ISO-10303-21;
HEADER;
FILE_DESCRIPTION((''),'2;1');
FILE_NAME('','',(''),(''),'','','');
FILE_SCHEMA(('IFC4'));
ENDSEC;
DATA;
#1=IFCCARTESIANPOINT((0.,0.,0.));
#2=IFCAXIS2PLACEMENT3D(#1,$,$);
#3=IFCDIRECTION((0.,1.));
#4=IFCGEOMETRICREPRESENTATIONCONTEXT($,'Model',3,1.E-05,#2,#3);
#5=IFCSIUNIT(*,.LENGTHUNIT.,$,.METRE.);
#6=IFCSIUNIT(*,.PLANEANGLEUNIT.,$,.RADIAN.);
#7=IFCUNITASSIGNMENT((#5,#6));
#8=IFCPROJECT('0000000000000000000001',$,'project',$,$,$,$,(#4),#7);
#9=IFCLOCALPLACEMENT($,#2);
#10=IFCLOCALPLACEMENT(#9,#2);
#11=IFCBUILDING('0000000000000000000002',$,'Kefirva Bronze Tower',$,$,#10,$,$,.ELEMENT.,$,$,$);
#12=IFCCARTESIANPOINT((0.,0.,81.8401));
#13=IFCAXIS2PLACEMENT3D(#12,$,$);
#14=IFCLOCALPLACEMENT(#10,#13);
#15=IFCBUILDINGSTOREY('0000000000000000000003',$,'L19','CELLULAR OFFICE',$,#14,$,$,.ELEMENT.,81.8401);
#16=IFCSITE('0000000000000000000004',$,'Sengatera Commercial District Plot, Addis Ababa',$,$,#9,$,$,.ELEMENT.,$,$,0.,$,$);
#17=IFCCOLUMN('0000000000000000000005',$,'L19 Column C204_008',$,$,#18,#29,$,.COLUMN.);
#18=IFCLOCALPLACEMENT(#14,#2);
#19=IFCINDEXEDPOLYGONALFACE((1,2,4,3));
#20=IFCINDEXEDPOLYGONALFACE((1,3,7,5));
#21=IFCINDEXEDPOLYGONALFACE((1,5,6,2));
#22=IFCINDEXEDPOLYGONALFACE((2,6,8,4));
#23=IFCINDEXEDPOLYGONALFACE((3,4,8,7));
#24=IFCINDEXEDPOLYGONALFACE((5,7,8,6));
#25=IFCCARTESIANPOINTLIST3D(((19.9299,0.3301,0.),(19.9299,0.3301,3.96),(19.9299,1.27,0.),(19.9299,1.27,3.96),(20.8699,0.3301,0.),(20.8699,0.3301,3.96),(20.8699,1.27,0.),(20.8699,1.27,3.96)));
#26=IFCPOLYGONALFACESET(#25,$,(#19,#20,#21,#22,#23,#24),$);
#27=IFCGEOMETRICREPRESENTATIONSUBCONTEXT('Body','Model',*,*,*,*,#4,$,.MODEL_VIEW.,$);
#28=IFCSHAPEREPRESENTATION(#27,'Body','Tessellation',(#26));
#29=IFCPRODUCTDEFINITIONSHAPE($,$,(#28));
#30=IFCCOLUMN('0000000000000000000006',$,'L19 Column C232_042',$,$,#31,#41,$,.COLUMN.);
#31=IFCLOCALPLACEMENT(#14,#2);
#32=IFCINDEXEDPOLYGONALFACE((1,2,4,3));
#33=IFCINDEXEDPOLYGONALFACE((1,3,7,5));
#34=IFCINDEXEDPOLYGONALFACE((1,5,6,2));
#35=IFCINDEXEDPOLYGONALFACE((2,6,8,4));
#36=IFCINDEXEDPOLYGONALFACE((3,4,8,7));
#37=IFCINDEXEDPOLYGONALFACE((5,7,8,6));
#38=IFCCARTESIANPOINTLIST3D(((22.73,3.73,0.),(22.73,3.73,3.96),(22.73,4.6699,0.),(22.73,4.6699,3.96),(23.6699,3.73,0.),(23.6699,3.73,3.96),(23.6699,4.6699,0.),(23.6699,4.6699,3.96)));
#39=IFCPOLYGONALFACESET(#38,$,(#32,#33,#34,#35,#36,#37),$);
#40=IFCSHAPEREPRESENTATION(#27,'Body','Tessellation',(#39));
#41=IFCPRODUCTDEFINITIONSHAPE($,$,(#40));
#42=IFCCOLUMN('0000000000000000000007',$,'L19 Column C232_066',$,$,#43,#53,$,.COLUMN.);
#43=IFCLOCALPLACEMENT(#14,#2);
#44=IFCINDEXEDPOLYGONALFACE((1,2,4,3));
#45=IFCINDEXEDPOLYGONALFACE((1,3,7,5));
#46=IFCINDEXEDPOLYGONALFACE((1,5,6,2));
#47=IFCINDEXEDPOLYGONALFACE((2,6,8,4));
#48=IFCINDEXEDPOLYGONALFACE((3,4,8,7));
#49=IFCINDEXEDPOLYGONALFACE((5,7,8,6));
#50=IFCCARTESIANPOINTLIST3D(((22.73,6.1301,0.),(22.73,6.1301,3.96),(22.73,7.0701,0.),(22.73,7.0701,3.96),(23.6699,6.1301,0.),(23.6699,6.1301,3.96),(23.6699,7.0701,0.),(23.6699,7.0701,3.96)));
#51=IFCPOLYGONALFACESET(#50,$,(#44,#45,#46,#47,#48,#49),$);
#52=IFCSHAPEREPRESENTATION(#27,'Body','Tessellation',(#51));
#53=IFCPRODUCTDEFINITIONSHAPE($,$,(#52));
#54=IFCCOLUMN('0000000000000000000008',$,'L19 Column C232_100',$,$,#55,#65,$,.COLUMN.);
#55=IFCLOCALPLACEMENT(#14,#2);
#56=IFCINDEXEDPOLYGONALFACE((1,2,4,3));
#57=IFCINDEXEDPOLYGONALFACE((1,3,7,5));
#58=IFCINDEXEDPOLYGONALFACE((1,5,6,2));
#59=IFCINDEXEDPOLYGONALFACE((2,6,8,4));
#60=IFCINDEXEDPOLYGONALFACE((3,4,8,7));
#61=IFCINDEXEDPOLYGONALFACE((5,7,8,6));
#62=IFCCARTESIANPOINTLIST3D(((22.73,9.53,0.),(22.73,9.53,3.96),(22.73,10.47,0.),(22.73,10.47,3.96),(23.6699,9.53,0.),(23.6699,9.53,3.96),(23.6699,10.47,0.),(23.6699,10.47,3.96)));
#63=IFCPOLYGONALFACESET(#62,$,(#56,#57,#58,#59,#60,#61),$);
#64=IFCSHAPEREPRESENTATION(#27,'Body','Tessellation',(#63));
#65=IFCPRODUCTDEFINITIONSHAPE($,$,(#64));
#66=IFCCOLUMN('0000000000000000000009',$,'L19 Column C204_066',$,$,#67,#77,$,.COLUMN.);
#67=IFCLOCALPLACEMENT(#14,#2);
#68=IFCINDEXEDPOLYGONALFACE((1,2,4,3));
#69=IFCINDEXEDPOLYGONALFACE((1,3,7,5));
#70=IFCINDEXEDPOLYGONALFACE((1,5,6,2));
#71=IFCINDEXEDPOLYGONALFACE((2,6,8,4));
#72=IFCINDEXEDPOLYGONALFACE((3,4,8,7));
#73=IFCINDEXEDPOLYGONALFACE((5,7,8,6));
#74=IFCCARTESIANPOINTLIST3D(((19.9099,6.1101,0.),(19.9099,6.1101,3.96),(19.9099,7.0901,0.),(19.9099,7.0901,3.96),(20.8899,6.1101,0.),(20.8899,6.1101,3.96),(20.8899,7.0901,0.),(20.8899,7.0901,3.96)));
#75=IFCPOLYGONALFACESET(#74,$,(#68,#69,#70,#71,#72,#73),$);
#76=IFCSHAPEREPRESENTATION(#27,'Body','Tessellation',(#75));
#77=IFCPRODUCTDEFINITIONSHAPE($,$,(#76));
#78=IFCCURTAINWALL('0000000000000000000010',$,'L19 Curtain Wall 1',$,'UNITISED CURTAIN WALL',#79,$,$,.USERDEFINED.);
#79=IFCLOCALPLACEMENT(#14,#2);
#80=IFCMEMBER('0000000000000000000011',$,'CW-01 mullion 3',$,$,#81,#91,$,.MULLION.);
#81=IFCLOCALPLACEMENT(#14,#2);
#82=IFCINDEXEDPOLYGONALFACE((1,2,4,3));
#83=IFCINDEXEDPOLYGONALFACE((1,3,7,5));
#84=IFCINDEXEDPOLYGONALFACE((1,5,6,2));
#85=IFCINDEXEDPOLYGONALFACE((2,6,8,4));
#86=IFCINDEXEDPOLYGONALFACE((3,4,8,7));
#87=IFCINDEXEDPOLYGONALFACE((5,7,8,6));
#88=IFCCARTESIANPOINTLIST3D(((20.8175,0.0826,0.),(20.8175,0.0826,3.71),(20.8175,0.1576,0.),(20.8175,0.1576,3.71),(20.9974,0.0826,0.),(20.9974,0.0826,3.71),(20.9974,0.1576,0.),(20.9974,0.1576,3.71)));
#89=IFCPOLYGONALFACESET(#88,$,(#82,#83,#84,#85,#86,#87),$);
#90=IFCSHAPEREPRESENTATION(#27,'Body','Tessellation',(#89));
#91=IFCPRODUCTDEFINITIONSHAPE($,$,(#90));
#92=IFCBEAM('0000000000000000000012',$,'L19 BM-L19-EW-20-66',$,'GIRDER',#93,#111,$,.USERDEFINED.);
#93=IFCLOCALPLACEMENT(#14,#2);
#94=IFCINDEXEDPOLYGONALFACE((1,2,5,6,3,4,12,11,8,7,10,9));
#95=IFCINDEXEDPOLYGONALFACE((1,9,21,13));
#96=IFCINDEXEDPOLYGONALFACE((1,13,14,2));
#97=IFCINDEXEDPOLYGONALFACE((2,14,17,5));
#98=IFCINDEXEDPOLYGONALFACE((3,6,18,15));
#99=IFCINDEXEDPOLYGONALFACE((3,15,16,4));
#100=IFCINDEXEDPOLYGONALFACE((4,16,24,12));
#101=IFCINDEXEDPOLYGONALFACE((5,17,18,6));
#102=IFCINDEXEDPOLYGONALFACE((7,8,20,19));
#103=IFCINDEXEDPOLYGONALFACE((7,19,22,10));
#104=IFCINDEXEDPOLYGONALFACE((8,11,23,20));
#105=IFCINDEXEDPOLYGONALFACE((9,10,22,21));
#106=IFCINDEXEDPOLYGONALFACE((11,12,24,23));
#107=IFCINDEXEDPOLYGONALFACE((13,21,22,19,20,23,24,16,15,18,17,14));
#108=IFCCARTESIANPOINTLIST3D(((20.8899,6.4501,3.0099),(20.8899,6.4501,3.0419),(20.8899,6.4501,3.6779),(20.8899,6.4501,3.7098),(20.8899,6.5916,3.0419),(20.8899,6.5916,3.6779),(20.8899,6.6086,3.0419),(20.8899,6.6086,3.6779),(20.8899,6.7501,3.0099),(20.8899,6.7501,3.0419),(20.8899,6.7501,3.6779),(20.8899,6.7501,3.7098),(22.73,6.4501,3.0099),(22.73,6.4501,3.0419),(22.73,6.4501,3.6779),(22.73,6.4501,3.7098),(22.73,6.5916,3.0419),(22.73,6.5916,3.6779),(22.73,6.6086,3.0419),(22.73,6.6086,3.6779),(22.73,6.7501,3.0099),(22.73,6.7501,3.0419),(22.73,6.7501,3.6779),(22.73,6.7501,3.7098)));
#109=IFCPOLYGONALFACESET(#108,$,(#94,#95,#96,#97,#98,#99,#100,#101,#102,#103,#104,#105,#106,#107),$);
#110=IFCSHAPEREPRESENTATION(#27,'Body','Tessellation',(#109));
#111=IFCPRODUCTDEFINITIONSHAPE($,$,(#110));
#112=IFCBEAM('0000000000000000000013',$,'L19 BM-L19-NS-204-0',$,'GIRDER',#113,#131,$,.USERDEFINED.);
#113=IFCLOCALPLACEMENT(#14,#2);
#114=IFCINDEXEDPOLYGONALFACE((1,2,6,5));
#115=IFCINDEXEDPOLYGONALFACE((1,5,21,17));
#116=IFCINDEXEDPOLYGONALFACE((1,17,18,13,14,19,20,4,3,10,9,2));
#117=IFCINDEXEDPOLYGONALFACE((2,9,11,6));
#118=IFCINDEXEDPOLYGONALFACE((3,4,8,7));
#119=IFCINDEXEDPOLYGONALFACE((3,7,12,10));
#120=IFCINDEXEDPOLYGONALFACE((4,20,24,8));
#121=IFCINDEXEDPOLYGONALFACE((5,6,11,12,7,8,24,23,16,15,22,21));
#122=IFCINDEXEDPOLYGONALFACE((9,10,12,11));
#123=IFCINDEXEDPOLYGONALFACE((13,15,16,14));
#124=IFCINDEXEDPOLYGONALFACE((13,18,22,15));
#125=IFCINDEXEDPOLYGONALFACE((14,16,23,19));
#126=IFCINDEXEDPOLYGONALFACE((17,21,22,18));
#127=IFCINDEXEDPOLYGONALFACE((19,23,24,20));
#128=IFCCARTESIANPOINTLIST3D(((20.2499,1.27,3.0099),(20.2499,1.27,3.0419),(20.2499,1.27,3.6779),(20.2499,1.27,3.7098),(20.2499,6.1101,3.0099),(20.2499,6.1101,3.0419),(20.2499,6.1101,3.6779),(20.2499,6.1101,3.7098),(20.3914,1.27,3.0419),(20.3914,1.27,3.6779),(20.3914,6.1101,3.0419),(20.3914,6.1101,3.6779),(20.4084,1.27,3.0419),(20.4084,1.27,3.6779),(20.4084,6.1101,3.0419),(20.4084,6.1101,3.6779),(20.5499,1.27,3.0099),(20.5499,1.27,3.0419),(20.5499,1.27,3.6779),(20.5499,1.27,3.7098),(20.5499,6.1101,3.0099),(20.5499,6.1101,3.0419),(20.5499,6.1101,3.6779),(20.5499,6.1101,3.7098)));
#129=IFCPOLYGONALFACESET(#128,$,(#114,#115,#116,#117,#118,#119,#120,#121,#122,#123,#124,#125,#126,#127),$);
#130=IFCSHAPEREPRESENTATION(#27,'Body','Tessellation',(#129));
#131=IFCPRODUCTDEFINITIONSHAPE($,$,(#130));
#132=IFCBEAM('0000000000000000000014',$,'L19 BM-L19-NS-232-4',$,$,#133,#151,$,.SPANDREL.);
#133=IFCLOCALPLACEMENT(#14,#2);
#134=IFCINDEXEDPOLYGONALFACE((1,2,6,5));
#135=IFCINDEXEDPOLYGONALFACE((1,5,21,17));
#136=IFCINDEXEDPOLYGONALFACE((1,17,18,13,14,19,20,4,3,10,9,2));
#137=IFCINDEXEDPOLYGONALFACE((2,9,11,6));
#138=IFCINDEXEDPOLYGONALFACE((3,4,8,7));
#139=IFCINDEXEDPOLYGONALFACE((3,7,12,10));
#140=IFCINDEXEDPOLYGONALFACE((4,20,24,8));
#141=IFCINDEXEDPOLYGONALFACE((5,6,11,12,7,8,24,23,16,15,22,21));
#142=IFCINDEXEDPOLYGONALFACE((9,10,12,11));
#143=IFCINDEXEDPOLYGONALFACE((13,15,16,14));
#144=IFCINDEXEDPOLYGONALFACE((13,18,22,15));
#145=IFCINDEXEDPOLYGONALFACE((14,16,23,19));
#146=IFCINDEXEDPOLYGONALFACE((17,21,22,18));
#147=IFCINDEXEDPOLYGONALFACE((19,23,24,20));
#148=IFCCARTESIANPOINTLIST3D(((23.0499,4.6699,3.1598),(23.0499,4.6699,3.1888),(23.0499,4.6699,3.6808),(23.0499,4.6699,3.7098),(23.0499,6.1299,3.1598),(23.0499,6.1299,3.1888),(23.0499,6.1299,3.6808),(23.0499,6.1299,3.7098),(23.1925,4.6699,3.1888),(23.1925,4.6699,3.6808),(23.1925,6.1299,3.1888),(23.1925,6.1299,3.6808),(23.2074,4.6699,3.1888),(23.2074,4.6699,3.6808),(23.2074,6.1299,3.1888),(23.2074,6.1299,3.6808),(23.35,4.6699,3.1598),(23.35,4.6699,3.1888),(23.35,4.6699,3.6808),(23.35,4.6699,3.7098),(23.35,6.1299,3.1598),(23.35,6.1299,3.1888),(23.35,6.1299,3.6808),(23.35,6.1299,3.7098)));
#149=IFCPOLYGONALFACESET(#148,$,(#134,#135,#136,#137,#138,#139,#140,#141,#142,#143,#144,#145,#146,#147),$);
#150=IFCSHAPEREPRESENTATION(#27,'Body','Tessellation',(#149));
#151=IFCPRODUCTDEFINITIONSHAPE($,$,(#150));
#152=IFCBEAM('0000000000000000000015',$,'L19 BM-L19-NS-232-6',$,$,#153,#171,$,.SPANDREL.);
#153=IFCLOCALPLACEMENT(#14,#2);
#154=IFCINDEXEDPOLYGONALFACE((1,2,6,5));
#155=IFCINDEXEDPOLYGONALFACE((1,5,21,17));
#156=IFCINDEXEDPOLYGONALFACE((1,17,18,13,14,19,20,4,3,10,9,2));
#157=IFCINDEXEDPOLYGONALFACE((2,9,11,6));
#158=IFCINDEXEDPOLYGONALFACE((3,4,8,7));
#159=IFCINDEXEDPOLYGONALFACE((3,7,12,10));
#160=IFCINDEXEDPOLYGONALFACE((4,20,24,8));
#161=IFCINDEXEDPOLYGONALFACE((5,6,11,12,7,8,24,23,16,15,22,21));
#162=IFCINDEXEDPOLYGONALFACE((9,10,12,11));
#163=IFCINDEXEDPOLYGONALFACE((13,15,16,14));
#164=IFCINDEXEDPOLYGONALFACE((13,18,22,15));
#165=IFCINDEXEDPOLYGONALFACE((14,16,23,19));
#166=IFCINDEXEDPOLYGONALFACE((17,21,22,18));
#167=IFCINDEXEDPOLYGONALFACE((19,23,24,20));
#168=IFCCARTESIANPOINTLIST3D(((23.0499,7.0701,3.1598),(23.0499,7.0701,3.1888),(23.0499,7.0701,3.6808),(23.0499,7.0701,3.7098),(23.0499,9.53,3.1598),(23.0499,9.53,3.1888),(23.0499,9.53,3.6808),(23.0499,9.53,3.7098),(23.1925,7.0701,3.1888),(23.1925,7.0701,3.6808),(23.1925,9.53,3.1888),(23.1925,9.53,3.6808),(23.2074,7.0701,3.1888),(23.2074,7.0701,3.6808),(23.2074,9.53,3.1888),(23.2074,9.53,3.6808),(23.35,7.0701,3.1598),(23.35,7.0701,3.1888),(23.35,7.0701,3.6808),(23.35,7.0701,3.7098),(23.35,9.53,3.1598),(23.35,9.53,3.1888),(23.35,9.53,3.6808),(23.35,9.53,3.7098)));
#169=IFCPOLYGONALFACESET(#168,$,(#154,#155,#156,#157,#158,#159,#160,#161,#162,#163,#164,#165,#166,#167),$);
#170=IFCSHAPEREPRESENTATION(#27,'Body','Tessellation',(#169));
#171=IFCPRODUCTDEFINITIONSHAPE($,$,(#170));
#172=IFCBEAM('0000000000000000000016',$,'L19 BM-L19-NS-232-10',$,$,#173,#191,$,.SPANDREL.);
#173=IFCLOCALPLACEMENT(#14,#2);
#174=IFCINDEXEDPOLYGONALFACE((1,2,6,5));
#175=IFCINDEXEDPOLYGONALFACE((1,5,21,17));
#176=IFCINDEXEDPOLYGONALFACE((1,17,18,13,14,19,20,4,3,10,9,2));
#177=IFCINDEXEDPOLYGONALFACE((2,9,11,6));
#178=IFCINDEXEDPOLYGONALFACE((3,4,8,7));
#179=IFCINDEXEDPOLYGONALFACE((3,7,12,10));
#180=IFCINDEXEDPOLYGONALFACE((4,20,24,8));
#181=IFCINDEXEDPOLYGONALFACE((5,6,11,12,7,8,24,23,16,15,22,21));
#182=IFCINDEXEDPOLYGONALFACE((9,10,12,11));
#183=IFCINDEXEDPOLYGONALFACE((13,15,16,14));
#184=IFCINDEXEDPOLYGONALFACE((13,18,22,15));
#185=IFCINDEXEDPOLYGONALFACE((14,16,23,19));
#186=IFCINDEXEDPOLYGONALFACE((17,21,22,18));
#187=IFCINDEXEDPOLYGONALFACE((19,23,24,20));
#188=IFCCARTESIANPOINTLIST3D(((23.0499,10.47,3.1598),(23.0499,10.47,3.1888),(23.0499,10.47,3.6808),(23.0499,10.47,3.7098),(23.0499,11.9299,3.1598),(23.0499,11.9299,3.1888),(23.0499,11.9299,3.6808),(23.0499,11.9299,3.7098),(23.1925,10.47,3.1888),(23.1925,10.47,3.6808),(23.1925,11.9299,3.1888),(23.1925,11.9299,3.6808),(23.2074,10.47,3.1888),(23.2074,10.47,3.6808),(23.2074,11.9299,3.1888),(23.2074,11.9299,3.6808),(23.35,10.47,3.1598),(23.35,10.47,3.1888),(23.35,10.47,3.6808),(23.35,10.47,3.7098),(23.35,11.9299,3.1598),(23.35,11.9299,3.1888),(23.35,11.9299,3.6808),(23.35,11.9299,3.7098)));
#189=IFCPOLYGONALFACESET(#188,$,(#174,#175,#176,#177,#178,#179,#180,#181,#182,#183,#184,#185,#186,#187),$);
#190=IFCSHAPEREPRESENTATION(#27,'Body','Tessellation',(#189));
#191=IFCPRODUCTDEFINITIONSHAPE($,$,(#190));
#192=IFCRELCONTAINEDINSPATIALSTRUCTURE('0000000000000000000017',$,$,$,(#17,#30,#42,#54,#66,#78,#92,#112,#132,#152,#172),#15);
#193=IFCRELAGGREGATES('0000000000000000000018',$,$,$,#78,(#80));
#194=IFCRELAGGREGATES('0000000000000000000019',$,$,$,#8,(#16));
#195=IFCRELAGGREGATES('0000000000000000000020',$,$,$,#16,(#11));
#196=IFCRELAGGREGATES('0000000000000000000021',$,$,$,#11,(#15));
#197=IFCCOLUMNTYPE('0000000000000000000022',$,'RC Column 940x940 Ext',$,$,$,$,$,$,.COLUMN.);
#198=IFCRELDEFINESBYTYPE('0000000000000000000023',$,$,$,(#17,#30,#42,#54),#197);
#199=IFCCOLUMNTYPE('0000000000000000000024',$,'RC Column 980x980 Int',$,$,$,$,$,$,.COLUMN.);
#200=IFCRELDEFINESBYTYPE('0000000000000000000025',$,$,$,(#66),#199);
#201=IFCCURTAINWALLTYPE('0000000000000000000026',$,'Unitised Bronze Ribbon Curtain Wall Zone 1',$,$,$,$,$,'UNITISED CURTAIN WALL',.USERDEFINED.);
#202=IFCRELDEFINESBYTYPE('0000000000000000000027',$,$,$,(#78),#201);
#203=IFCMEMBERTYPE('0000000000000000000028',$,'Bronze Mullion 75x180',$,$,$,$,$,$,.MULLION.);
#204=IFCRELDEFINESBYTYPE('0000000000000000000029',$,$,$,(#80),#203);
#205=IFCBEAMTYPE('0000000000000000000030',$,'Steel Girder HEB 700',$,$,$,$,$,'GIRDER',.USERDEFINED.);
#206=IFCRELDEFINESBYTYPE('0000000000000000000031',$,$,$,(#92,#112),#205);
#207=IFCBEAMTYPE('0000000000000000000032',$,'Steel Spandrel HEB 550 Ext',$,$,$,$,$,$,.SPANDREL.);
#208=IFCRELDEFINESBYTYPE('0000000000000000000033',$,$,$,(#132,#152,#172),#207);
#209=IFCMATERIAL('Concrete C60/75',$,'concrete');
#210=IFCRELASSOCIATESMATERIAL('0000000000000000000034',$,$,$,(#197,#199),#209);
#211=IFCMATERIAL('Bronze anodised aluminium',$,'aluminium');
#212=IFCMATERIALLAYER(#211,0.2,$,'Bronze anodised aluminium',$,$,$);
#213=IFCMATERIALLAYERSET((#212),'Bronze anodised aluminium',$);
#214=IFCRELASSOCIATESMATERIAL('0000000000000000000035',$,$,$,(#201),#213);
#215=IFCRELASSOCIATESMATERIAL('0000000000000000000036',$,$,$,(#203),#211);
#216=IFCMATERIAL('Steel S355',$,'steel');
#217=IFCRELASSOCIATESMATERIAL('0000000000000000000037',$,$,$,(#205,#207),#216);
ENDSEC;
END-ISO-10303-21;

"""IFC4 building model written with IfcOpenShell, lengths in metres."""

from ifc_helpers import new_model, si_unit, direction, frame, origin, origin_2d, place, context, subcontext, project, spatial, rectangle, i_section, extrude, material, layer, layer_set, material_profile, profile_set, type_object, element, aggregate, save


model = new_model("IFC4")

# Units and contexts
model_context = context("Model", 3, precision=1e-05, world=origin(), true_north=direction((0.0, 1.0)))
body_context = subcontext(model_context, "Body", "Model", "MODEL_VIEW")
ifc_project = project(units=[si_unit("LENGTHUNIT", "METRE"), si_unit("PLANEANGLEUNIT", "RADIAN")], contexts=[model_context])

# Site, building, storey
site_placement = place(None, origin())
site = spatial("IfcSite", under=ifc_project, at=site_placement, Name="Sengatera Commercial District Plot, Addis Ababa", CompositionType="ELEMENT", RefElevation=0.0)
building_placement = place(site_placement, origin())
building = spatial("IfcBuilding", under=site, at=building_placement, Name="Kefirva Bronze Tower", CompositionType="ELEMENT")
storey_placement = place(building_placement, frame((0.0, 0.0, 81.8401)))
storey = spatial("IfcBuildingStorey", under=building, at=storey_placement, Name="L19", Description="CELLULAR OFFICE", CompositionType="ELEMENT", Elevation=81.8401)

# Columns
ifc_material_1 = material(Name="Concrete C60/75", Category="concrete")
ifc_material_profile_1 = material_profile(ifc_material_1, rectangle(XDim=0.9399, YDim=0.9399, at=origin_2d()), Name="RC 940x940")
ifc_profile_set_1 = profile_set([ifc_material_profile_1], Name="Concrete C60/75")
column_type_1 = type_object("IfcColumnType", Name="RC Column 940x940 Ext", PredefinedType="COLUMN", material=ifc_profile_set_1)
for number, where, z_axis, x_axis, name in (
    (1, (20.3999, 0.8, 0.0), (0.0, 0.0, 1.0), (1.0, 0.0, 0.0), "L19 Column C204_008"),
    (2, (23.2, 4.2, 0.0), (0.0, 0.0, 1.0), (1.0, 0.0, 0.0), "L19 Column C232_042"),
    (3, (23.2, 6.6001, 0.0), (0.0, 0.0, 1.0), (1.0, 0.0, 0.0), "L19 Column C232_066"),
    (4, (23.2, 10.0, 0.0), (0.0, 0.0, 1.0), (1.0, 0.0, 0.0), "L19 Column C232_100"),
):
    element("IfcColumn", number, at=place(storey_placement, frame(where, z_axis=z_axis, x_axis=x_axis)), inside=storey, type_object=column_type_1, Name=name, PredefinedType="COLUMN", context=body_context, shape_type="SweptSolid", body=[
        extrude(rectangle(XDim=0.9399, YDim=0.9399, at=origin_2d()), origin(), (0.0, 0.0, 1.0), 3.96),
    ])
ifc_material_profile_2 = material_profile(ifc_material_1, rectangle(XDim=0.98, YDim=0.98, at=origin_2d()), Name="RC 980x980")
ifc_profile_set_2 = profile_set([ifc_material_profile_2], Name="Concrete C60/75")
column_type_2 = type_object("IfcColumnType", Name="RC Column 980x980 Int", PredefinedType="COLUMN", material=ifc_profile_set_2)
column_placement = place(storey_placement, frame((20.3999, 6.6001, 0.0), z_axis=(0.0, 0.0, 1.0), x_axis=(1.0, 0.0, 0.0)))
element("IfcColumn", 5, at=column_placement, inside=storey, type_object=column_type_2, Name="L19 Column C204_066", PredefinedType="COLUMN", context=body_context, shape_type="SweptSolid", body=[
    extrude(rectangle(XDim=0.98, YDim=0.98, at=origin_2d()), origin(), (0.0, 0.0, 1.0), 3.96),
])

# Curtain wall, member
ifc_material_2 = material(Name="Bronze anodised aluminium", Category="aluminium")
ifc_layer_1 = layer(ifc_material_2, 0.2, Name="Bronze anodised aluminium")
ifc_layer_set_1 = layer_set([ifc_layer_1], Name="Bronze anodised aluminium")
curtain_wall_type = type_object("IfcCurtainWallType", Name="Unitised Bronze Ribbon Curtain Wall Zone 1", ElementType="UNITISED CURTAIN WALL", PredefinedType="USERDEFINED", material=ifc_layer_set_1)
curtain_wall_placement = place(storey_placement, origin())
curtain_wall = element("IfcCurtainWall", 6, at=curtain_wall_placement, inside=storey, type_object=curtain_wall_type, Name="L19 Curtain Wall 1", ObjectType="UNITISED CURTAIN WALL", PredefinedType="USERDEFINED")
ifc_material_profile_3 = material_profile(ifc_material_2, rectangle(XDim=0.075, YDim=0.1799, at=origin_2d()), Name="ALU 75x180")
ifc_profile_set_3 = profile_set([ifc_material_profile_3], Name="Bronze anodised aluminium")
member_type = type_object("IfcMemberType", Name="Bronze Mullion 75x180", PredefinedType="MULLION", material=ifc_profile_set_3)
member_placement = place(storey_placement, frame((20.9075, 0.1201, 0.0), z_axis=(0.0, 0.0, 1.0), x_axis=(0.0, 1.0, 0.0)))
member = element("IfcMember", 7, at=member_placement, type_object=member_type, Name="CW-01 mullion 3", PredefinedType="MULLION", context=body_context, shape_type="SweptSolid", body=[
    extrude(rectangle(XDim=0.075, YDim=0.1799, at=origin_2d()), origin(), (0.0, 0.0, 1.0), 3.71),
])
aggregate(curtain_wall, [member])

# Beams
ifc_material_3 = material(Name="Steel S355", Category="steel")
ifc_material_profile_4 = material_profile(ifc_material_3, i_section(OverallWidth=0.3, OverallDepth=0.7, WebThickness=0.0171, FlangeThickness=0.032, at=origin_2d()), Name="HEB 700")
ifc_profile_set_4 = profile_set([ifc_material_profile_4], Name="Steel S355")
beam_type_1 = type_object("IfcBeamType", Name="Steel Girder HEB 700", ElementType="GIRDER", PredefinedType="USERDEFINED", material=ifc_profile_set_4)
beam_1_placement = place(storey_placement, frame((20.8899, 6.6001, 3.3599), z_axis=(1.0, 0.0, 0.0), x_axis=(0.0, 1.0, 0.0)))
element("IfcBeam", 8, at=beam_1_placement, inside=storey, type_object=beam_type_1, Name="L19 BM-L19-EW-20-66", ObjectType="GIRDER", PredefinedType="USERDEFINED", context=body_context, shape_type="SweptSolid", body=[
    extrude(i_section(OverallWidth=0.3, OverallDepth=0.7, WebThickness=0.0171, FlangeThickness=0.032, at=origin_2d()), origin(), (0.0, 0.0, 1.0), 1.8401),
])
beam_2_placement = place(storey_placement, frame((20.3999, 1.27, 3.3599), z_axis=(0.0, 1.0, 0.0), x_axis=(-1.0, 0.0, 0.0)))
element("IfcBeam", 9, at=beam_2_placement, inside=storey, type_object=beam_type_1, Name="L19 BM-L19-NS-204-0", ObjectType="GIRDER", PredefinedType="USERDEFINED", context=body_context, shape_type="SweptSolid", body=[
    extrude(i_section(OverallWidth=0.3, OverallDepth=0.7, WebThickness=0.0171, FlangeThickness=0.032, at=origin_2d()), origin(), (0.0, 0.0, 1.0), 4.8401),
])
ifc_material_profile_5 = material_profile(ifc_material_3, i_section(OverallWidth=0.3, OverallDepth=0.55, WebThickness=0.0149, FlangeThickness=0.0291, at=origin_2d()), Name="HEB 550")
ifc_profile_set_5 = profile_set([ifc_material_profile_5], Name="Steel S355")
beam_type_2 = type_object("IfcBeamType", Name="Steel Spandrel HEB 550 Ext", PredefinedType="SPANDREL", material=ifc_profile_set_5)
beam_3_placement = place(storey_placement, frame((23.2, 4.6699, 3.4348), z_axis=(0.0, 1.0, 0.0), x_axis=(-1.0, 0.0, 0.0)))
element("IfcBeam", 10, at=beam_3_placement, inside=storey, type_object=beam_type_2, Name="L19 BM-L19-NS-232-4", PredefinedType="SPANDREL", context=body_context, shape_type="SweptSolid", body=[
    extrude(i_section(OverallWidth=0.3, OverallDepth=0.55, WebThickness=0.0149, FlangeThickness=0.0291, at=origin_2d()), origin(), (0.0, 0.0, 1.0), 1.46),
])
beam_4_placement = place(storey_placement, frame((23.2, 7.0701, 3.4348), z_axis=(0.0, 1.0, 0.0), x_axis=(-1.0, 0.0, 0.0)))
element("IfcBeam", 11, at=beam_4_placement, inside=storey, type_object=beam_type_2, Name="L19 BM-L19-NS-232-6", PredefinedType="SPANDREL", context=body_context, shape_type="SweptSolid", body=[
    extrude(i_section(OverallWidth=0.3, OverallDepth=0.55, WebThickness=0.0149, FlangeThickness=0.0291, at=origin_2d()), origin(), (0.0, 0.0, 1.0), 2.46),
])
beam_5_placement = place(storey_placement, frame((23.2, 10.47, 3.4348), z_axis=(0.0, 1.0, 0.0), x_axis=(-1.0, 0.0, 0.0)))
element("IfcBeam", 12, at=beam_5_placement, inside=storey, type_object=beam_type_2, Name="L19 BM-L19-NS-232-10", PredefinedType="SPANDREL", context=body_context, shape_type="SweptSolid", body=[
    extrude(i_section(OverallWidth=0.3, OverallDepth=0.55, WebThickness=0.0149, FlangeThickness=0.0291, at=origin_2d()), origin(), (0.0, 0.0, 1.0), 1.46),
])

save(model, "model.ifc")
